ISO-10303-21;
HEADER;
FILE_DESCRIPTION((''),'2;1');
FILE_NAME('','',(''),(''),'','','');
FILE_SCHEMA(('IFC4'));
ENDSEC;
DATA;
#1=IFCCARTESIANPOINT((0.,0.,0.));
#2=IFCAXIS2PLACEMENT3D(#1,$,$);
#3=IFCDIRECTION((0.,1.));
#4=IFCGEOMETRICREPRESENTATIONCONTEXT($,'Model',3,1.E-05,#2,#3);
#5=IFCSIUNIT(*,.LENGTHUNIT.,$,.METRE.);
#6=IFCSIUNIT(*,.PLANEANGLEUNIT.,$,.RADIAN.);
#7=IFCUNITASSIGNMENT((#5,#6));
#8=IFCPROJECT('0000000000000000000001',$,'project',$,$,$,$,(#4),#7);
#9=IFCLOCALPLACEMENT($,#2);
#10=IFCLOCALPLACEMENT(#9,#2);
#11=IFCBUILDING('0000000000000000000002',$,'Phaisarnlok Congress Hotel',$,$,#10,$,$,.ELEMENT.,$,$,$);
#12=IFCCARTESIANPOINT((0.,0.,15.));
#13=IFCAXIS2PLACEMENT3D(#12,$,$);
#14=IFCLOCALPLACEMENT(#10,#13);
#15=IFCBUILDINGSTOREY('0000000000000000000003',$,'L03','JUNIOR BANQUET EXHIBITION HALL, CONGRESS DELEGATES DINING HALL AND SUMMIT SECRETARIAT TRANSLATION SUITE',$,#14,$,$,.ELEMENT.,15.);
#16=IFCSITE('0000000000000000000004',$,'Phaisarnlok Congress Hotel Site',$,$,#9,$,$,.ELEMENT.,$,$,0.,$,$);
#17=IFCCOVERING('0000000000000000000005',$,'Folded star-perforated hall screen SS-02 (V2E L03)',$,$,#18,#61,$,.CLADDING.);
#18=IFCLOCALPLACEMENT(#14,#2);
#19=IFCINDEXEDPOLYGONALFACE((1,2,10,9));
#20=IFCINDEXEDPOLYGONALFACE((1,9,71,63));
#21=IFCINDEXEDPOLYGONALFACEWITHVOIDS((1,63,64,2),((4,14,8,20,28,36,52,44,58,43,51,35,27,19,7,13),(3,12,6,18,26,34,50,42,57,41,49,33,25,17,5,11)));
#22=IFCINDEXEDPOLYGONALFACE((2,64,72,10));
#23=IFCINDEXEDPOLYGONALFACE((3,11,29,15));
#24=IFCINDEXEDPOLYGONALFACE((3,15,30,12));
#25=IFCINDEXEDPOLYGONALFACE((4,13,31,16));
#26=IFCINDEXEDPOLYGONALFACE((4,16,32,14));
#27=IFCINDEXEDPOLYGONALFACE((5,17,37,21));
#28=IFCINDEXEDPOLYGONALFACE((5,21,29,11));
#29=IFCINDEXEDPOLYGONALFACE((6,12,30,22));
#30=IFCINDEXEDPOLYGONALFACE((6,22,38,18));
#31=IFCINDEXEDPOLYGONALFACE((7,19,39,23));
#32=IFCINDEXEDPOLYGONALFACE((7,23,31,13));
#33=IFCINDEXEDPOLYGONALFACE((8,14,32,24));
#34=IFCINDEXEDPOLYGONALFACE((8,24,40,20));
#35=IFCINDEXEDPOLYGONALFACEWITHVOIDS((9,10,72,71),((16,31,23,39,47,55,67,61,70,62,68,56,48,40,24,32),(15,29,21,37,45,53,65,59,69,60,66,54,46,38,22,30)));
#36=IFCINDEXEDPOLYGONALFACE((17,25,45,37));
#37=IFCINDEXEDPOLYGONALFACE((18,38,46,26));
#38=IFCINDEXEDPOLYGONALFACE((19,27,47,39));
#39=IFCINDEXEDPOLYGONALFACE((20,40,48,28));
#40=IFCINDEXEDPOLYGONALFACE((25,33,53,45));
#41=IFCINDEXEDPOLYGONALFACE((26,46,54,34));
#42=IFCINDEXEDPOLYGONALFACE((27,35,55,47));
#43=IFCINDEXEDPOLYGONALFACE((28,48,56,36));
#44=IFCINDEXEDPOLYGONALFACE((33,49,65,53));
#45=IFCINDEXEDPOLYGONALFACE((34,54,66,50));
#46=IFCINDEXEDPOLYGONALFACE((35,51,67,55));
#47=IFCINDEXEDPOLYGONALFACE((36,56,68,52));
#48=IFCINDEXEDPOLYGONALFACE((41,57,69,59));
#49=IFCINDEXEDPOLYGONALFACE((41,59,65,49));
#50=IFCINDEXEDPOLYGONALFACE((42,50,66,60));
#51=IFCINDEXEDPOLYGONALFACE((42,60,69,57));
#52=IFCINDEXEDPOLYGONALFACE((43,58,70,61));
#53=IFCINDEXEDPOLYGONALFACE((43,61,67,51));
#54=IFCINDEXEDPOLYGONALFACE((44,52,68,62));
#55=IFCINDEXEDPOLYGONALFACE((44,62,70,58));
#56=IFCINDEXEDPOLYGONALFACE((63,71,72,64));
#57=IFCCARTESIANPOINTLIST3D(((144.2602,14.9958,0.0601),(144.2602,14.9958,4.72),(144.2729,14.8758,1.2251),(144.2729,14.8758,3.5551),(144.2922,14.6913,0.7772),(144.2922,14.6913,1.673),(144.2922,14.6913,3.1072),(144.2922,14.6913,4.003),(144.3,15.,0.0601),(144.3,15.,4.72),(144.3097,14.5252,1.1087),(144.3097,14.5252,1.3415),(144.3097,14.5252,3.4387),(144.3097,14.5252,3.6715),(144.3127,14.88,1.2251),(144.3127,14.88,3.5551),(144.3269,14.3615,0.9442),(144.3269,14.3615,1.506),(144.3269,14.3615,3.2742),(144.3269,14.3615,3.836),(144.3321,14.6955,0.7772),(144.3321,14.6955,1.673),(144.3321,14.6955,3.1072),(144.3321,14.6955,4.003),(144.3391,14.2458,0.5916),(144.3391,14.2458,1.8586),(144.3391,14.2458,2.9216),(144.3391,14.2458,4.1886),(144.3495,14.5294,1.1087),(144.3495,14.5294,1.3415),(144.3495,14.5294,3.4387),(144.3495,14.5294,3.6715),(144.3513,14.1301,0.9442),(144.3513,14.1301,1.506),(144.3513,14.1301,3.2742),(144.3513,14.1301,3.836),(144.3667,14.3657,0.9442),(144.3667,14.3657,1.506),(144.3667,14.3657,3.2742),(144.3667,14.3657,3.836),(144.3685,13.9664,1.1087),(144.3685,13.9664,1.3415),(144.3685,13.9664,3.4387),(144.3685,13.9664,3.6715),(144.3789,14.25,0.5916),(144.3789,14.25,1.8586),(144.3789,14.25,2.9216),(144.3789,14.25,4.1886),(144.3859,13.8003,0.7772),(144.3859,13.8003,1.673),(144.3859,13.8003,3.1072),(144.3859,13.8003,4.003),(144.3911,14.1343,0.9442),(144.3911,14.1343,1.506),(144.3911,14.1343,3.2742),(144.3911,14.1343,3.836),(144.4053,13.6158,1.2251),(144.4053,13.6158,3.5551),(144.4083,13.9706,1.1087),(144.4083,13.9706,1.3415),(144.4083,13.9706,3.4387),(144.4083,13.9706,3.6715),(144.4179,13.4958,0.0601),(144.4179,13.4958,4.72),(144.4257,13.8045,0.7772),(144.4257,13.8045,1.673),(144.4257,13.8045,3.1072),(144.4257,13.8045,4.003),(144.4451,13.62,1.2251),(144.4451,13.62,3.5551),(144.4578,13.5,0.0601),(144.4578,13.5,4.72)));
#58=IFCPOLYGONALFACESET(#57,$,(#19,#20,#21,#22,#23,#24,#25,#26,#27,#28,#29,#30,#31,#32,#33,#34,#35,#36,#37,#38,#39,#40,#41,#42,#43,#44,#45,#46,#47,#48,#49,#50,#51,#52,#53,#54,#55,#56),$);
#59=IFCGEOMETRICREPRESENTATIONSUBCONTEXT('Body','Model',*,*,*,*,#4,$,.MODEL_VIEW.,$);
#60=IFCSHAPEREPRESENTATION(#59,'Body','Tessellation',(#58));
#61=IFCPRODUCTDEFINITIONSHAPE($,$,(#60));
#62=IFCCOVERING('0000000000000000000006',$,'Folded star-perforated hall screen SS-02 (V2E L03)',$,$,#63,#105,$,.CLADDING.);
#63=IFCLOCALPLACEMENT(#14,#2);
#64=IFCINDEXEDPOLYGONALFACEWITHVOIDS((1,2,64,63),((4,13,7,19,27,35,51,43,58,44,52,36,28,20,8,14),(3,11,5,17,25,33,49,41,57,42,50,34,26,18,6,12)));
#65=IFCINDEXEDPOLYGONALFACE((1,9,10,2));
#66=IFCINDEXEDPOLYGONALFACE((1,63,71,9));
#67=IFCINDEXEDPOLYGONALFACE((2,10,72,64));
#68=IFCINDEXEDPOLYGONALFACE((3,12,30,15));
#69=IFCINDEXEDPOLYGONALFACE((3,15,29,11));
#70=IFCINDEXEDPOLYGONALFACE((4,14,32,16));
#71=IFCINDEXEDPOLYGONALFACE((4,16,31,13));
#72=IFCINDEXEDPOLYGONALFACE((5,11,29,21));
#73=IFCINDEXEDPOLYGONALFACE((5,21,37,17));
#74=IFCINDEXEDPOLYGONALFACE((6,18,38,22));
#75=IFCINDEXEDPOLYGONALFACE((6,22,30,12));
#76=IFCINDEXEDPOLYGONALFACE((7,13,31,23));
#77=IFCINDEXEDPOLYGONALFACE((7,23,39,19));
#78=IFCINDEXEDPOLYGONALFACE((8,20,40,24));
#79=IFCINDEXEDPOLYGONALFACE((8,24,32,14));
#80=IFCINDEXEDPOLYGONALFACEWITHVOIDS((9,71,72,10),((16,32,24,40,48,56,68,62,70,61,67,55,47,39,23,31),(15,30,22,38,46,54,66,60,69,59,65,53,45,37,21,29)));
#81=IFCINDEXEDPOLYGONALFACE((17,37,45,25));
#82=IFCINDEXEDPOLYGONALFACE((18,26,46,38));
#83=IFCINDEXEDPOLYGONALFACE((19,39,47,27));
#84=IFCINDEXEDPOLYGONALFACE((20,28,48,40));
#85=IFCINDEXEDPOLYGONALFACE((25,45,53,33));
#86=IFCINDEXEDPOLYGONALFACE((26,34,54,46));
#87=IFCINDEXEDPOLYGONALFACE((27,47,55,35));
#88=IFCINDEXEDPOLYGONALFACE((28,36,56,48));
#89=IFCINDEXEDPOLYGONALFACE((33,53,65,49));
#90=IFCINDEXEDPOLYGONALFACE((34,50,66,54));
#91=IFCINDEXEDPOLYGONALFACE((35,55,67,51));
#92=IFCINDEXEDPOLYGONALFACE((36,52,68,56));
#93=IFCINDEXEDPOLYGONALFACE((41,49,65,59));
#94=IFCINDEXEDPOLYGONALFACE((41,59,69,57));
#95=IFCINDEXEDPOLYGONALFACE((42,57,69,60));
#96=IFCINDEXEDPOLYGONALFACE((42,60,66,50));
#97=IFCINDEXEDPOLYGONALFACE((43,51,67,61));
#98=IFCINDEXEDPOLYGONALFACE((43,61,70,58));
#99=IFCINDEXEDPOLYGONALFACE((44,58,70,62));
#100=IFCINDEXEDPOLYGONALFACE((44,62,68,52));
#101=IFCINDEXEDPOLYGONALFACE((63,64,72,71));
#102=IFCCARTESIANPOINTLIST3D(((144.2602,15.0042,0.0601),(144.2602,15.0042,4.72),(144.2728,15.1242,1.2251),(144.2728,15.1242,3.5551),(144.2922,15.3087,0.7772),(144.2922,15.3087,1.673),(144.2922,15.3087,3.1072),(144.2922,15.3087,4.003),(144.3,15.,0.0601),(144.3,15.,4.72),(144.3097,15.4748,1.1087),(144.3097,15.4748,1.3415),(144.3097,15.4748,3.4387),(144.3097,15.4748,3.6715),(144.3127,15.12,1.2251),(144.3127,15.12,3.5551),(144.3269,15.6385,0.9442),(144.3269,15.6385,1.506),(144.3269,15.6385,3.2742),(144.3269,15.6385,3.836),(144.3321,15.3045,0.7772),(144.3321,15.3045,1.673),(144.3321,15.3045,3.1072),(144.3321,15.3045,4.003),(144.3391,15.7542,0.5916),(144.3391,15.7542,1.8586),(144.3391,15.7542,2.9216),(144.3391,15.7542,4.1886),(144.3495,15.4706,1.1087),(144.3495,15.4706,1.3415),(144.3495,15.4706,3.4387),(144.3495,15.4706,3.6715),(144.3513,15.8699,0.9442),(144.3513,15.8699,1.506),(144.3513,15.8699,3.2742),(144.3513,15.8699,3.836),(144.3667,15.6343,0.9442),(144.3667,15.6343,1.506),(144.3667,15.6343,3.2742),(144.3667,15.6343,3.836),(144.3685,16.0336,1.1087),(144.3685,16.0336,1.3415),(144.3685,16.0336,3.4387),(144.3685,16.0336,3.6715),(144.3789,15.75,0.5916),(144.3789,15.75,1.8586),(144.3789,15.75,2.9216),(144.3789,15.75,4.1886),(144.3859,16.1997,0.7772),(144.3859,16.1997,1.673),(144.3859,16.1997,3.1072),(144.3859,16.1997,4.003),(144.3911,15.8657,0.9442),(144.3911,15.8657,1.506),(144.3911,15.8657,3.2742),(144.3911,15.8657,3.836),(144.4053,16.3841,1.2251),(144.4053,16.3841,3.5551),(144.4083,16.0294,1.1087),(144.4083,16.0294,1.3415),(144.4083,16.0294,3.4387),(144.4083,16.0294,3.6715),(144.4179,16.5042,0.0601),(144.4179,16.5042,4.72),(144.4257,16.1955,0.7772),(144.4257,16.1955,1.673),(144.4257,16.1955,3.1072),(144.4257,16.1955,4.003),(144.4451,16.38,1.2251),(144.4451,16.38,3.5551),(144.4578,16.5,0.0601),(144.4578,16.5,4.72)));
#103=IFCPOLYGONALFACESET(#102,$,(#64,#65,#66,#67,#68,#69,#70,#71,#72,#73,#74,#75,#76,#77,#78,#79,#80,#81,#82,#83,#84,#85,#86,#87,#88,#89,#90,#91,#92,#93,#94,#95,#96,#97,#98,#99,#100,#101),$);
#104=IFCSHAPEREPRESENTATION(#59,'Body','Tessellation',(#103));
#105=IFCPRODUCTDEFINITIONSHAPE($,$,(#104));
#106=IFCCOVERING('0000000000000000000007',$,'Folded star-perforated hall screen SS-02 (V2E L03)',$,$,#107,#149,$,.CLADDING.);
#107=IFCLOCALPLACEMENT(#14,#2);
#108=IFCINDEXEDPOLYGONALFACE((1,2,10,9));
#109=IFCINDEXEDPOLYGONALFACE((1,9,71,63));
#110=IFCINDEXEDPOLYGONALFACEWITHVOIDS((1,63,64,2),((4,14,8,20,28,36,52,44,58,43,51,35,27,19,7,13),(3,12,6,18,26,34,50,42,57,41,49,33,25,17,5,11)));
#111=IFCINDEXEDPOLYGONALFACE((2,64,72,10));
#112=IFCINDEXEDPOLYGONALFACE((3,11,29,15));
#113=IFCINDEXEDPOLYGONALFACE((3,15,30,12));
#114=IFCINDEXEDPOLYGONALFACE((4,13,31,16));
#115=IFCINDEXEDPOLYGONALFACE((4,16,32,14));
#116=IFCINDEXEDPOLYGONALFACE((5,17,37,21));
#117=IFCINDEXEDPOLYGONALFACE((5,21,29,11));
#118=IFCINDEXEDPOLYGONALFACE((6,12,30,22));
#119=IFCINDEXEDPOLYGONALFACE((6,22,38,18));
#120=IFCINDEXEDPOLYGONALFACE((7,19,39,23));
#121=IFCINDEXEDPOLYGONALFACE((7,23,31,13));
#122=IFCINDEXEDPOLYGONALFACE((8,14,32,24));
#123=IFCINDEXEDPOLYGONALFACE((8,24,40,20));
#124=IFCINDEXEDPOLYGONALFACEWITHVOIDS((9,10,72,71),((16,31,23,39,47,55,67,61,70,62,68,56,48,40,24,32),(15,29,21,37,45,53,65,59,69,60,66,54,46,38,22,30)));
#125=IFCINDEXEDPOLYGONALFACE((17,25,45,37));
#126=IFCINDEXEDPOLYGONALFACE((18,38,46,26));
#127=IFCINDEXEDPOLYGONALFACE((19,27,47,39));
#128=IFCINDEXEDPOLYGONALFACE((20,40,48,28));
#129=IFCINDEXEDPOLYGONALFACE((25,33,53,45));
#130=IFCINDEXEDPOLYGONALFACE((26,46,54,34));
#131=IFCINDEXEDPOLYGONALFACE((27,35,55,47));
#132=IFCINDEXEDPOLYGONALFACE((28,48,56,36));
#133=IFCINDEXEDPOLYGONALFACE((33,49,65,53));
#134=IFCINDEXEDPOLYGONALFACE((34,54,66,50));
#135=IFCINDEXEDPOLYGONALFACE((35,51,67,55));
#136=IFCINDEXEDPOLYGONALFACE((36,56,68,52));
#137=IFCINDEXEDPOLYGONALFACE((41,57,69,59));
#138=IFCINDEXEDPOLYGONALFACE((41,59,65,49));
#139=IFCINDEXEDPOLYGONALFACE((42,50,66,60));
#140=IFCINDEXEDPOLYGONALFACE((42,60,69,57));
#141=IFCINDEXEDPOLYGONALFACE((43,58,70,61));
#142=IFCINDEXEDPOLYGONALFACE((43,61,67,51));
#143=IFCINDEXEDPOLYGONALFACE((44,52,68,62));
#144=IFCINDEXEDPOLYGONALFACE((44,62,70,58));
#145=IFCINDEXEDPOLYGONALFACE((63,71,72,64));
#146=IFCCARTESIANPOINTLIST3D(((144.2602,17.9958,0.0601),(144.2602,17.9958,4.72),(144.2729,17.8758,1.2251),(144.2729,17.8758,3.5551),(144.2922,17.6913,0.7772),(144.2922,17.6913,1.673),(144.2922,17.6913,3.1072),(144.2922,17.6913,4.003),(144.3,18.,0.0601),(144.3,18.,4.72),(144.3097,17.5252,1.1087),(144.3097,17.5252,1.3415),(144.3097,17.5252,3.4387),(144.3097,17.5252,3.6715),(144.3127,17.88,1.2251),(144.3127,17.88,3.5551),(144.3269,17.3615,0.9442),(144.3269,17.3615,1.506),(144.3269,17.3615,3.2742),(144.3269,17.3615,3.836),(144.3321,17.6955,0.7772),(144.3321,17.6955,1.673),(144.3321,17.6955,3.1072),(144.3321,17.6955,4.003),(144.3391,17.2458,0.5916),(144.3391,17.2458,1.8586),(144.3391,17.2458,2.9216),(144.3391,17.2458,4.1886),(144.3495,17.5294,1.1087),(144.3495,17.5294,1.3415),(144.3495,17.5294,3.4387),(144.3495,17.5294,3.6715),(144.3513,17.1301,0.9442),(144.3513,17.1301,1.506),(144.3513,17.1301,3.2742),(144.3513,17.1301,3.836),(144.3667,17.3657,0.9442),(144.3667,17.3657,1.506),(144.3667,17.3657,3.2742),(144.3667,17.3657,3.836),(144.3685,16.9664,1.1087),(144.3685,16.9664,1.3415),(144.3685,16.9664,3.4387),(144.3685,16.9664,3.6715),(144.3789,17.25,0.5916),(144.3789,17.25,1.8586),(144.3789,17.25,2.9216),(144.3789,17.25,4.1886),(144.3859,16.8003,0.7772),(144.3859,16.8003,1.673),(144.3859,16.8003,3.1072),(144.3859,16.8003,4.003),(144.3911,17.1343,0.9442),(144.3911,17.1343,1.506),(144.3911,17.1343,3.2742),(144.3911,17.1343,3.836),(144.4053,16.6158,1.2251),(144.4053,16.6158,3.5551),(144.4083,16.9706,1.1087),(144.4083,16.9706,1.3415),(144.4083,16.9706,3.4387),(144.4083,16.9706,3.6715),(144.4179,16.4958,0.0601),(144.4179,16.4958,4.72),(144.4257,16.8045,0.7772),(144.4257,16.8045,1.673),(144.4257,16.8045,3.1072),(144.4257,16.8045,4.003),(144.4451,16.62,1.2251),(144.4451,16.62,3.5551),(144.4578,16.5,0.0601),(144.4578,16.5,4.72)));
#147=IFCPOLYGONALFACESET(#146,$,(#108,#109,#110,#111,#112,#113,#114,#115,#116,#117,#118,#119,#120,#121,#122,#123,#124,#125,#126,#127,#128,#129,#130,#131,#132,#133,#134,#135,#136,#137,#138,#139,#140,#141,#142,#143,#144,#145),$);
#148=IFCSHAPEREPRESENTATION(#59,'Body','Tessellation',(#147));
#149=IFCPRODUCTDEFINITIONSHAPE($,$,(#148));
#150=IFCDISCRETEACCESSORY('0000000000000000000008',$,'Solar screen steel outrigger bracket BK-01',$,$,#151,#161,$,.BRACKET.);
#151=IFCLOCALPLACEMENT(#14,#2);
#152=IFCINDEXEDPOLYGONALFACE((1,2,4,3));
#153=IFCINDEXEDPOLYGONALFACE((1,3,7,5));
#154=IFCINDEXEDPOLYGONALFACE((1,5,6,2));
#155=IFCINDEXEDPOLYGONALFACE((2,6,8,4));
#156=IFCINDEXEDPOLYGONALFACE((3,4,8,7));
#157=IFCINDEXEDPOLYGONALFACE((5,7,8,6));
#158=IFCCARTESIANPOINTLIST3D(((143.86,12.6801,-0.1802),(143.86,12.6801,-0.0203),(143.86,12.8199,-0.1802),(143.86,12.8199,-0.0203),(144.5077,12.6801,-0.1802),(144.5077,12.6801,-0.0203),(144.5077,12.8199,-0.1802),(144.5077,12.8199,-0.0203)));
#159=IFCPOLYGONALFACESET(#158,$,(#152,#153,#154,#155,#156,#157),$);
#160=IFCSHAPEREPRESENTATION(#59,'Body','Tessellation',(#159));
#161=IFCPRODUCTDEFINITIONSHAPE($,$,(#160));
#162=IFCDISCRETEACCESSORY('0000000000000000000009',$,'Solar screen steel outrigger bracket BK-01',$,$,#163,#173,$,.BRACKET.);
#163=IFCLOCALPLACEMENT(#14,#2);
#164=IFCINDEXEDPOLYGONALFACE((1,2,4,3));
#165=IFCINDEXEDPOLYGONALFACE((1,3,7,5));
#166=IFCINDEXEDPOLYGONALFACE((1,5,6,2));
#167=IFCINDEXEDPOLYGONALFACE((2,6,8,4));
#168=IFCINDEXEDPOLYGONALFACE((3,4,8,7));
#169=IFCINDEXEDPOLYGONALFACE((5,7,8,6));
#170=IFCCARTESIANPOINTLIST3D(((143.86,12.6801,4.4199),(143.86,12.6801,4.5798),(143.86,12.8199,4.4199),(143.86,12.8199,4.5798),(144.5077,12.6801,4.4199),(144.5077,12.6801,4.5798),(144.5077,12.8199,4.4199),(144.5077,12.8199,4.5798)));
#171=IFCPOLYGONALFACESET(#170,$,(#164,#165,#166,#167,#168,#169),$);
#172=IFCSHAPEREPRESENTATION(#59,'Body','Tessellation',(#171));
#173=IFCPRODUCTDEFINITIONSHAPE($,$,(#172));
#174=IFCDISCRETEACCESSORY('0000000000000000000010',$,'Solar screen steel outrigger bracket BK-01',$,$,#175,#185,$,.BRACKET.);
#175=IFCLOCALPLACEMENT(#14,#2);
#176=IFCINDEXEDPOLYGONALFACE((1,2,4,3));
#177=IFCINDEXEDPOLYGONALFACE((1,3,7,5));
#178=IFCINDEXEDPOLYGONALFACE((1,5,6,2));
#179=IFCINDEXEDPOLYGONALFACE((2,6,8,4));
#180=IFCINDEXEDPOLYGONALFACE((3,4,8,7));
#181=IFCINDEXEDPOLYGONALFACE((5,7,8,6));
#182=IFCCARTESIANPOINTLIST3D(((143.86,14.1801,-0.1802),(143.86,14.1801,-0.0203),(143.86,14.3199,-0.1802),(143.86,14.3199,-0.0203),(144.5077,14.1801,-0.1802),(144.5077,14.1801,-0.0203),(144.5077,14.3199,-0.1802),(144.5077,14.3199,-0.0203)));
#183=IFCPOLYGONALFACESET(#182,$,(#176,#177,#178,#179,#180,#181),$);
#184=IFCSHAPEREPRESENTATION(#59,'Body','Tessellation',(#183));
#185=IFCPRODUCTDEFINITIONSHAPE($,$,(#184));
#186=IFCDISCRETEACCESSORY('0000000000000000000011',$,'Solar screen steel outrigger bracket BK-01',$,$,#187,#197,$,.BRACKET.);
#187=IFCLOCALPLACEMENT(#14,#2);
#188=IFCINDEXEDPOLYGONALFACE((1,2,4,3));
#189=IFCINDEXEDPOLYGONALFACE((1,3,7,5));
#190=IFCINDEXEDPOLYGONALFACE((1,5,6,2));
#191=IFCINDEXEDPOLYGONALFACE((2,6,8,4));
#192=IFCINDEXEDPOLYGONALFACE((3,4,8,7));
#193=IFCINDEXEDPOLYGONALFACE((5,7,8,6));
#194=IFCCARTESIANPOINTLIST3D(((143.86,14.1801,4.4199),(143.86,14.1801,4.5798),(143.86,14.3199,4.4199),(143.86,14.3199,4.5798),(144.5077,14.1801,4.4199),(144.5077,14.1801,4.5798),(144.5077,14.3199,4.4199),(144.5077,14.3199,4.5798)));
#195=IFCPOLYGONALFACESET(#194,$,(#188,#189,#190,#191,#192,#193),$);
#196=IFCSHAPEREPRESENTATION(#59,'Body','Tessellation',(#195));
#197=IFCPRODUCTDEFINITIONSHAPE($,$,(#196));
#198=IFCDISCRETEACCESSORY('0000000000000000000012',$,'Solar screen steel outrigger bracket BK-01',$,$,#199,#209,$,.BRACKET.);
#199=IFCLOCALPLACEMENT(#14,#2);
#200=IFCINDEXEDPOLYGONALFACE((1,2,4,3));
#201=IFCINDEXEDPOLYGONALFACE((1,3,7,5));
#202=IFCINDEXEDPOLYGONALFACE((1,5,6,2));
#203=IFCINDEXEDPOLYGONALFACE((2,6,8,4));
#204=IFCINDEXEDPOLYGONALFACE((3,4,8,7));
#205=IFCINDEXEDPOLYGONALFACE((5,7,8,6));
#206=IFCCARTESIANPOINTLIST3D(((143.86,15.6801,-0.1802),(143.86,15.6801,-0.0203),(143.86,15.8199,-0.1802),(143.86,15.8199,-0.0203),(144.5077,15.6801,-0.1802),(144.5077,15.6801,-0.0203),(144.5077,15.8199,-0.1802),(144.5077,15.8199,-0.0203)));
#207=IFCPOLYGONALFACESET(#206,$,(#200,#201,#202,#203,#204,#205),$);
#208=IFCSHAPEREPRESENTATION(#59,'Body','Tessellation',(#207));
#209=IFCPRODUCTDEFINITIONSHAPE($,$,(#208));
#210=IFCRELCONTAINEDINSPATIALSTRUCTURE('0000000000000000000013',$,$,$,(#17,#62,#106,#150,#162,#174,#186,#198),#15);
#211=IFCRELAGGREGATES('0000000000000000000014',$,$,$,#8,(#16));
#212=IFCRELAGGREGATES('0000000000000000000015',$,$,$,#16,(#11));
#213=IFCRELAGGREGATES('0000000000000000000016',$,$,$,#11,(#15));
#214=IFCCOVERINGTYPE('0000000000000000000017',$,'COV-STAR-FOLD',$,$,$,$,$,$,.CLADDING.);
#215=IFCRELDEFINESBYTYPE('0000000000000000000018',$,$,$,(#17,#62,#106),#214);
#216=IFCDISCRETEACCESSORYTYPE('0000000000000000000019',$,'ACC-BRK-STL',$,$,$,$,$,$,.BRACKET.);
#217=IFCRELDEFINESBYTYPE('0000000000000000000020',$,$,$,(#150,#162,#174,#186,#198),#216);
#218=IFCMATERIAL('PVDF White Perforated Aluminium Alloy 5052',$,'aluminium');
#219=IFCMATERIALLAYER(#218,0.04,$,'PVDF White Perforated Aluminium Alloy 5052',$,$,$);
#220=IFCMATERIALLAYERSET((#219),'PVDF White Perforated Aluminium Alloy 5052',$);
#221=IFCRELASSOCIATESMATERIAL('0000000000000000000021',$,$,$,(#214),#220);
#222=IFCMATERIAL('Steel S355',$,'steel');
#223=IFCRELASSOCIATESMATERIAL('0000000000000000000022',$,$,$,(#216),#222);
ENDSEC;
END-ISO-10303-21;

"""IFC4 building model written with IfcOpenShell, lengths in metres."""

from ifc_helpers import new_model, si_unit, direction, frame, origin, origin_2d, place, context, subcontext, project, spatial, polyline, rectangle, outline, extrude, material, layer, layer_set, type_object, element, save


model = new_model("IFC4")

# Units and contexts
model_context = context("Model", 3, precision=1e-05, world=origin(), true_north=direction((0.0, 1.0)))
body_context = subcontext(model_context, "Body", "Model", "MODEL_VIEW")
ifc_project = project(units=[si_unit("LENGTHUNIT", "METRE"), si_unit("PLANEANGLEUNIT", "RADIAN")], contexts=[model_context])

# Site, building, storey
site_placement = place(None, origin())
site = spatial("IfcSite", under=ifc_project, at=site_placement, Name="Phaisarnlok Congress Hotel Site", CompositionType="ELEMENT", RefElevation=0.0)
building_placement = place(site_placement, origin())
building = spatial("IfcBuilding", under=site, at=building_placement, Name="Phaisarnlok Congress Hotel", CompositionType="ELEMENT")
storey_placement = place(building_placement, frame((0.0, 0.0, 15.0)))
storey = spatial("IfcBuildingStorey", under=building, at=storey_placement, Name="L03", Description="JUNIOR BANQUET EXHIBITION HALL, CONGRESS DELEGATES DINING HALL AND SUMMIT SECRETARIAT TRANSLATION SUITE", CompositionType="ELEMENT", Elevation=15.0)

# Shared definitions
ifc_material_1 = material(Name="Steel S355", Category="steel")

# Coverings
ifc_material_2 = material(Name="PVDF White Perforated Aluminium Alloy 5052", Category="aluminium")
ifc_layer_1 = layer(ifc_material_2, 0.04, Name="PVDF White Perforated Aluminium Alloy 5052")
ifc_layer_set_1 = layer_set([ifc_layer_1], Name="PVDF White Perforated Aluminium Alloy 5052")
covering_type = type_object("IfcCoveringType", Name="COV-STAR-FOLD", PredefinedType="CLADDING", material=ifc_layer_set_1)
for number, where, z_axis, x_axis, name in (
    (1, (144.3, 15.0, 0.0601), (-0.994518, -0.104567, 0.0), (0.104567, -0.994518, 0.0), "Folded star-perforated hall screen SS-02 (V2E L03)"),
    (2, (144.4578, 16.5, 0.0601), (-0.994518, 0.104567, 0.0), (-0.104567, -0.994518, 0.0), "Folded star-perforated hall screen SS-02 (V2E L03)"),
    (3, (144.3, 18.0, 0.0601), (-0.994518, -0.104567, 0.0), (0.104567, -0.994518, 0.0), "Folded star-perforated hall screen SS-02 (V2E L03)"),
):
    element("IfcCovering", number, at=place(storey_placement, frame(where, z_axis=z_axis, x_axis=x_axis)), inside=storey, type_object=covering_type, Name=name, PredefinedType="CLADDING", context=body_context, shape_type="SweptSolid", body=[
        extrude(outline(polyline([(0.0, 0.0), (1.5083, 0.0), (1.5083, 4.6599), (0.0, 4.6599), (0.0, 0.0)]), holes=[polyline([(1.0351, 1.0486), (1.2021, 0.7171), (0.8705, 0.8841), (0.7541, 0.5315), (0.6378, 0.8841), (0.3062, 0.7171), (0.4732, 1.0486), (0.1207, 1.165), (0.4732, 1.2814), (0.3062, 1.6129), (0.6378, 1.4459), (0.7541, 1.7985), (0.8705, 1.4459), (1.2021, 1.6129), (1.0351, 1.2814), (1.3876, 1.165), (1.0351, 1.0486)]), polyline([(1.0351, 3.3786), (1.2021, 3.0471), (0.8705, 3.2141), (0.7541, 2.8615), (0.6378, 3.2141), (0.3062, 3.0471), (0.4732, 3.3786), (0.1207, 3.495), (0.4732, 3.6114), (0.3062, 3.9429), (0.6378, 3.7759), (0.7541, 4.1285), (0.8705, 3.7759), (1.2021, 3.9429), (1.0351, 3.6114), (1.3876, 3.495), (1.0351, 3.3786)])]), origin(), (0.0, 0.0, 1.0), 0.04),
    ])

# Discrete accessories
discrete_accessory_type = type_object("IfcDiscreteAccessoryType", Name="ACC-BRK-STL", PredefinedType="BRACKET", material=ifc_material_1)
for number, where, z_axis, x_axis, name in (
    (4, (144.1838, 12.75, -0.1802), (0.0, 0.0, 1.0), (1.0, 0.0, 0.0), "Solar screen steel outrigger bracket BK-01"),
    (5, (144.1838, 12.75, 4.4199), (0.0, 0.0, 1.0), (1.0, 0.0, 0.0), "Solar screen steel outrigger bracket BK-01"),
    (6, (144.1838, 14.25, -0.1802), (0.0, 0.0, 1.0), (1.0, 0.0, 0.0), "Solar screen steel outrigger bracket BK-01"),
    (7, (144.1838, 14.25, 4.4199), (0.0, 0.0, 1.0), (1.0, 0.0, 0.0), "Solar screen steel outrigger bracket BK-01"),
    (8, (144.1838, 15.75, -0.1802), (0.0, 0.0, 1.0), (1.0, 0.0, 0.0), "Solar screen steel outrigger bracket BK-01"),
):
    element("IfcDiscreteAccessory", number, at=place(storey_placement, frame(where, z_axis=z_axis, x_axis=x_axis)), inside=storey, type_object=discrete_accessory_type, Name=name, PredefinedType="BRACKET", context=body_context, shape_type="SweptSolid", body=[
        extrude(rectangle(XDim=0.6477, YDim=0.1399, at=origin_2d()), origin(), (0.0, 0.0, 1.0), 0.1599),
    ])

save(model, "model.ifc")
